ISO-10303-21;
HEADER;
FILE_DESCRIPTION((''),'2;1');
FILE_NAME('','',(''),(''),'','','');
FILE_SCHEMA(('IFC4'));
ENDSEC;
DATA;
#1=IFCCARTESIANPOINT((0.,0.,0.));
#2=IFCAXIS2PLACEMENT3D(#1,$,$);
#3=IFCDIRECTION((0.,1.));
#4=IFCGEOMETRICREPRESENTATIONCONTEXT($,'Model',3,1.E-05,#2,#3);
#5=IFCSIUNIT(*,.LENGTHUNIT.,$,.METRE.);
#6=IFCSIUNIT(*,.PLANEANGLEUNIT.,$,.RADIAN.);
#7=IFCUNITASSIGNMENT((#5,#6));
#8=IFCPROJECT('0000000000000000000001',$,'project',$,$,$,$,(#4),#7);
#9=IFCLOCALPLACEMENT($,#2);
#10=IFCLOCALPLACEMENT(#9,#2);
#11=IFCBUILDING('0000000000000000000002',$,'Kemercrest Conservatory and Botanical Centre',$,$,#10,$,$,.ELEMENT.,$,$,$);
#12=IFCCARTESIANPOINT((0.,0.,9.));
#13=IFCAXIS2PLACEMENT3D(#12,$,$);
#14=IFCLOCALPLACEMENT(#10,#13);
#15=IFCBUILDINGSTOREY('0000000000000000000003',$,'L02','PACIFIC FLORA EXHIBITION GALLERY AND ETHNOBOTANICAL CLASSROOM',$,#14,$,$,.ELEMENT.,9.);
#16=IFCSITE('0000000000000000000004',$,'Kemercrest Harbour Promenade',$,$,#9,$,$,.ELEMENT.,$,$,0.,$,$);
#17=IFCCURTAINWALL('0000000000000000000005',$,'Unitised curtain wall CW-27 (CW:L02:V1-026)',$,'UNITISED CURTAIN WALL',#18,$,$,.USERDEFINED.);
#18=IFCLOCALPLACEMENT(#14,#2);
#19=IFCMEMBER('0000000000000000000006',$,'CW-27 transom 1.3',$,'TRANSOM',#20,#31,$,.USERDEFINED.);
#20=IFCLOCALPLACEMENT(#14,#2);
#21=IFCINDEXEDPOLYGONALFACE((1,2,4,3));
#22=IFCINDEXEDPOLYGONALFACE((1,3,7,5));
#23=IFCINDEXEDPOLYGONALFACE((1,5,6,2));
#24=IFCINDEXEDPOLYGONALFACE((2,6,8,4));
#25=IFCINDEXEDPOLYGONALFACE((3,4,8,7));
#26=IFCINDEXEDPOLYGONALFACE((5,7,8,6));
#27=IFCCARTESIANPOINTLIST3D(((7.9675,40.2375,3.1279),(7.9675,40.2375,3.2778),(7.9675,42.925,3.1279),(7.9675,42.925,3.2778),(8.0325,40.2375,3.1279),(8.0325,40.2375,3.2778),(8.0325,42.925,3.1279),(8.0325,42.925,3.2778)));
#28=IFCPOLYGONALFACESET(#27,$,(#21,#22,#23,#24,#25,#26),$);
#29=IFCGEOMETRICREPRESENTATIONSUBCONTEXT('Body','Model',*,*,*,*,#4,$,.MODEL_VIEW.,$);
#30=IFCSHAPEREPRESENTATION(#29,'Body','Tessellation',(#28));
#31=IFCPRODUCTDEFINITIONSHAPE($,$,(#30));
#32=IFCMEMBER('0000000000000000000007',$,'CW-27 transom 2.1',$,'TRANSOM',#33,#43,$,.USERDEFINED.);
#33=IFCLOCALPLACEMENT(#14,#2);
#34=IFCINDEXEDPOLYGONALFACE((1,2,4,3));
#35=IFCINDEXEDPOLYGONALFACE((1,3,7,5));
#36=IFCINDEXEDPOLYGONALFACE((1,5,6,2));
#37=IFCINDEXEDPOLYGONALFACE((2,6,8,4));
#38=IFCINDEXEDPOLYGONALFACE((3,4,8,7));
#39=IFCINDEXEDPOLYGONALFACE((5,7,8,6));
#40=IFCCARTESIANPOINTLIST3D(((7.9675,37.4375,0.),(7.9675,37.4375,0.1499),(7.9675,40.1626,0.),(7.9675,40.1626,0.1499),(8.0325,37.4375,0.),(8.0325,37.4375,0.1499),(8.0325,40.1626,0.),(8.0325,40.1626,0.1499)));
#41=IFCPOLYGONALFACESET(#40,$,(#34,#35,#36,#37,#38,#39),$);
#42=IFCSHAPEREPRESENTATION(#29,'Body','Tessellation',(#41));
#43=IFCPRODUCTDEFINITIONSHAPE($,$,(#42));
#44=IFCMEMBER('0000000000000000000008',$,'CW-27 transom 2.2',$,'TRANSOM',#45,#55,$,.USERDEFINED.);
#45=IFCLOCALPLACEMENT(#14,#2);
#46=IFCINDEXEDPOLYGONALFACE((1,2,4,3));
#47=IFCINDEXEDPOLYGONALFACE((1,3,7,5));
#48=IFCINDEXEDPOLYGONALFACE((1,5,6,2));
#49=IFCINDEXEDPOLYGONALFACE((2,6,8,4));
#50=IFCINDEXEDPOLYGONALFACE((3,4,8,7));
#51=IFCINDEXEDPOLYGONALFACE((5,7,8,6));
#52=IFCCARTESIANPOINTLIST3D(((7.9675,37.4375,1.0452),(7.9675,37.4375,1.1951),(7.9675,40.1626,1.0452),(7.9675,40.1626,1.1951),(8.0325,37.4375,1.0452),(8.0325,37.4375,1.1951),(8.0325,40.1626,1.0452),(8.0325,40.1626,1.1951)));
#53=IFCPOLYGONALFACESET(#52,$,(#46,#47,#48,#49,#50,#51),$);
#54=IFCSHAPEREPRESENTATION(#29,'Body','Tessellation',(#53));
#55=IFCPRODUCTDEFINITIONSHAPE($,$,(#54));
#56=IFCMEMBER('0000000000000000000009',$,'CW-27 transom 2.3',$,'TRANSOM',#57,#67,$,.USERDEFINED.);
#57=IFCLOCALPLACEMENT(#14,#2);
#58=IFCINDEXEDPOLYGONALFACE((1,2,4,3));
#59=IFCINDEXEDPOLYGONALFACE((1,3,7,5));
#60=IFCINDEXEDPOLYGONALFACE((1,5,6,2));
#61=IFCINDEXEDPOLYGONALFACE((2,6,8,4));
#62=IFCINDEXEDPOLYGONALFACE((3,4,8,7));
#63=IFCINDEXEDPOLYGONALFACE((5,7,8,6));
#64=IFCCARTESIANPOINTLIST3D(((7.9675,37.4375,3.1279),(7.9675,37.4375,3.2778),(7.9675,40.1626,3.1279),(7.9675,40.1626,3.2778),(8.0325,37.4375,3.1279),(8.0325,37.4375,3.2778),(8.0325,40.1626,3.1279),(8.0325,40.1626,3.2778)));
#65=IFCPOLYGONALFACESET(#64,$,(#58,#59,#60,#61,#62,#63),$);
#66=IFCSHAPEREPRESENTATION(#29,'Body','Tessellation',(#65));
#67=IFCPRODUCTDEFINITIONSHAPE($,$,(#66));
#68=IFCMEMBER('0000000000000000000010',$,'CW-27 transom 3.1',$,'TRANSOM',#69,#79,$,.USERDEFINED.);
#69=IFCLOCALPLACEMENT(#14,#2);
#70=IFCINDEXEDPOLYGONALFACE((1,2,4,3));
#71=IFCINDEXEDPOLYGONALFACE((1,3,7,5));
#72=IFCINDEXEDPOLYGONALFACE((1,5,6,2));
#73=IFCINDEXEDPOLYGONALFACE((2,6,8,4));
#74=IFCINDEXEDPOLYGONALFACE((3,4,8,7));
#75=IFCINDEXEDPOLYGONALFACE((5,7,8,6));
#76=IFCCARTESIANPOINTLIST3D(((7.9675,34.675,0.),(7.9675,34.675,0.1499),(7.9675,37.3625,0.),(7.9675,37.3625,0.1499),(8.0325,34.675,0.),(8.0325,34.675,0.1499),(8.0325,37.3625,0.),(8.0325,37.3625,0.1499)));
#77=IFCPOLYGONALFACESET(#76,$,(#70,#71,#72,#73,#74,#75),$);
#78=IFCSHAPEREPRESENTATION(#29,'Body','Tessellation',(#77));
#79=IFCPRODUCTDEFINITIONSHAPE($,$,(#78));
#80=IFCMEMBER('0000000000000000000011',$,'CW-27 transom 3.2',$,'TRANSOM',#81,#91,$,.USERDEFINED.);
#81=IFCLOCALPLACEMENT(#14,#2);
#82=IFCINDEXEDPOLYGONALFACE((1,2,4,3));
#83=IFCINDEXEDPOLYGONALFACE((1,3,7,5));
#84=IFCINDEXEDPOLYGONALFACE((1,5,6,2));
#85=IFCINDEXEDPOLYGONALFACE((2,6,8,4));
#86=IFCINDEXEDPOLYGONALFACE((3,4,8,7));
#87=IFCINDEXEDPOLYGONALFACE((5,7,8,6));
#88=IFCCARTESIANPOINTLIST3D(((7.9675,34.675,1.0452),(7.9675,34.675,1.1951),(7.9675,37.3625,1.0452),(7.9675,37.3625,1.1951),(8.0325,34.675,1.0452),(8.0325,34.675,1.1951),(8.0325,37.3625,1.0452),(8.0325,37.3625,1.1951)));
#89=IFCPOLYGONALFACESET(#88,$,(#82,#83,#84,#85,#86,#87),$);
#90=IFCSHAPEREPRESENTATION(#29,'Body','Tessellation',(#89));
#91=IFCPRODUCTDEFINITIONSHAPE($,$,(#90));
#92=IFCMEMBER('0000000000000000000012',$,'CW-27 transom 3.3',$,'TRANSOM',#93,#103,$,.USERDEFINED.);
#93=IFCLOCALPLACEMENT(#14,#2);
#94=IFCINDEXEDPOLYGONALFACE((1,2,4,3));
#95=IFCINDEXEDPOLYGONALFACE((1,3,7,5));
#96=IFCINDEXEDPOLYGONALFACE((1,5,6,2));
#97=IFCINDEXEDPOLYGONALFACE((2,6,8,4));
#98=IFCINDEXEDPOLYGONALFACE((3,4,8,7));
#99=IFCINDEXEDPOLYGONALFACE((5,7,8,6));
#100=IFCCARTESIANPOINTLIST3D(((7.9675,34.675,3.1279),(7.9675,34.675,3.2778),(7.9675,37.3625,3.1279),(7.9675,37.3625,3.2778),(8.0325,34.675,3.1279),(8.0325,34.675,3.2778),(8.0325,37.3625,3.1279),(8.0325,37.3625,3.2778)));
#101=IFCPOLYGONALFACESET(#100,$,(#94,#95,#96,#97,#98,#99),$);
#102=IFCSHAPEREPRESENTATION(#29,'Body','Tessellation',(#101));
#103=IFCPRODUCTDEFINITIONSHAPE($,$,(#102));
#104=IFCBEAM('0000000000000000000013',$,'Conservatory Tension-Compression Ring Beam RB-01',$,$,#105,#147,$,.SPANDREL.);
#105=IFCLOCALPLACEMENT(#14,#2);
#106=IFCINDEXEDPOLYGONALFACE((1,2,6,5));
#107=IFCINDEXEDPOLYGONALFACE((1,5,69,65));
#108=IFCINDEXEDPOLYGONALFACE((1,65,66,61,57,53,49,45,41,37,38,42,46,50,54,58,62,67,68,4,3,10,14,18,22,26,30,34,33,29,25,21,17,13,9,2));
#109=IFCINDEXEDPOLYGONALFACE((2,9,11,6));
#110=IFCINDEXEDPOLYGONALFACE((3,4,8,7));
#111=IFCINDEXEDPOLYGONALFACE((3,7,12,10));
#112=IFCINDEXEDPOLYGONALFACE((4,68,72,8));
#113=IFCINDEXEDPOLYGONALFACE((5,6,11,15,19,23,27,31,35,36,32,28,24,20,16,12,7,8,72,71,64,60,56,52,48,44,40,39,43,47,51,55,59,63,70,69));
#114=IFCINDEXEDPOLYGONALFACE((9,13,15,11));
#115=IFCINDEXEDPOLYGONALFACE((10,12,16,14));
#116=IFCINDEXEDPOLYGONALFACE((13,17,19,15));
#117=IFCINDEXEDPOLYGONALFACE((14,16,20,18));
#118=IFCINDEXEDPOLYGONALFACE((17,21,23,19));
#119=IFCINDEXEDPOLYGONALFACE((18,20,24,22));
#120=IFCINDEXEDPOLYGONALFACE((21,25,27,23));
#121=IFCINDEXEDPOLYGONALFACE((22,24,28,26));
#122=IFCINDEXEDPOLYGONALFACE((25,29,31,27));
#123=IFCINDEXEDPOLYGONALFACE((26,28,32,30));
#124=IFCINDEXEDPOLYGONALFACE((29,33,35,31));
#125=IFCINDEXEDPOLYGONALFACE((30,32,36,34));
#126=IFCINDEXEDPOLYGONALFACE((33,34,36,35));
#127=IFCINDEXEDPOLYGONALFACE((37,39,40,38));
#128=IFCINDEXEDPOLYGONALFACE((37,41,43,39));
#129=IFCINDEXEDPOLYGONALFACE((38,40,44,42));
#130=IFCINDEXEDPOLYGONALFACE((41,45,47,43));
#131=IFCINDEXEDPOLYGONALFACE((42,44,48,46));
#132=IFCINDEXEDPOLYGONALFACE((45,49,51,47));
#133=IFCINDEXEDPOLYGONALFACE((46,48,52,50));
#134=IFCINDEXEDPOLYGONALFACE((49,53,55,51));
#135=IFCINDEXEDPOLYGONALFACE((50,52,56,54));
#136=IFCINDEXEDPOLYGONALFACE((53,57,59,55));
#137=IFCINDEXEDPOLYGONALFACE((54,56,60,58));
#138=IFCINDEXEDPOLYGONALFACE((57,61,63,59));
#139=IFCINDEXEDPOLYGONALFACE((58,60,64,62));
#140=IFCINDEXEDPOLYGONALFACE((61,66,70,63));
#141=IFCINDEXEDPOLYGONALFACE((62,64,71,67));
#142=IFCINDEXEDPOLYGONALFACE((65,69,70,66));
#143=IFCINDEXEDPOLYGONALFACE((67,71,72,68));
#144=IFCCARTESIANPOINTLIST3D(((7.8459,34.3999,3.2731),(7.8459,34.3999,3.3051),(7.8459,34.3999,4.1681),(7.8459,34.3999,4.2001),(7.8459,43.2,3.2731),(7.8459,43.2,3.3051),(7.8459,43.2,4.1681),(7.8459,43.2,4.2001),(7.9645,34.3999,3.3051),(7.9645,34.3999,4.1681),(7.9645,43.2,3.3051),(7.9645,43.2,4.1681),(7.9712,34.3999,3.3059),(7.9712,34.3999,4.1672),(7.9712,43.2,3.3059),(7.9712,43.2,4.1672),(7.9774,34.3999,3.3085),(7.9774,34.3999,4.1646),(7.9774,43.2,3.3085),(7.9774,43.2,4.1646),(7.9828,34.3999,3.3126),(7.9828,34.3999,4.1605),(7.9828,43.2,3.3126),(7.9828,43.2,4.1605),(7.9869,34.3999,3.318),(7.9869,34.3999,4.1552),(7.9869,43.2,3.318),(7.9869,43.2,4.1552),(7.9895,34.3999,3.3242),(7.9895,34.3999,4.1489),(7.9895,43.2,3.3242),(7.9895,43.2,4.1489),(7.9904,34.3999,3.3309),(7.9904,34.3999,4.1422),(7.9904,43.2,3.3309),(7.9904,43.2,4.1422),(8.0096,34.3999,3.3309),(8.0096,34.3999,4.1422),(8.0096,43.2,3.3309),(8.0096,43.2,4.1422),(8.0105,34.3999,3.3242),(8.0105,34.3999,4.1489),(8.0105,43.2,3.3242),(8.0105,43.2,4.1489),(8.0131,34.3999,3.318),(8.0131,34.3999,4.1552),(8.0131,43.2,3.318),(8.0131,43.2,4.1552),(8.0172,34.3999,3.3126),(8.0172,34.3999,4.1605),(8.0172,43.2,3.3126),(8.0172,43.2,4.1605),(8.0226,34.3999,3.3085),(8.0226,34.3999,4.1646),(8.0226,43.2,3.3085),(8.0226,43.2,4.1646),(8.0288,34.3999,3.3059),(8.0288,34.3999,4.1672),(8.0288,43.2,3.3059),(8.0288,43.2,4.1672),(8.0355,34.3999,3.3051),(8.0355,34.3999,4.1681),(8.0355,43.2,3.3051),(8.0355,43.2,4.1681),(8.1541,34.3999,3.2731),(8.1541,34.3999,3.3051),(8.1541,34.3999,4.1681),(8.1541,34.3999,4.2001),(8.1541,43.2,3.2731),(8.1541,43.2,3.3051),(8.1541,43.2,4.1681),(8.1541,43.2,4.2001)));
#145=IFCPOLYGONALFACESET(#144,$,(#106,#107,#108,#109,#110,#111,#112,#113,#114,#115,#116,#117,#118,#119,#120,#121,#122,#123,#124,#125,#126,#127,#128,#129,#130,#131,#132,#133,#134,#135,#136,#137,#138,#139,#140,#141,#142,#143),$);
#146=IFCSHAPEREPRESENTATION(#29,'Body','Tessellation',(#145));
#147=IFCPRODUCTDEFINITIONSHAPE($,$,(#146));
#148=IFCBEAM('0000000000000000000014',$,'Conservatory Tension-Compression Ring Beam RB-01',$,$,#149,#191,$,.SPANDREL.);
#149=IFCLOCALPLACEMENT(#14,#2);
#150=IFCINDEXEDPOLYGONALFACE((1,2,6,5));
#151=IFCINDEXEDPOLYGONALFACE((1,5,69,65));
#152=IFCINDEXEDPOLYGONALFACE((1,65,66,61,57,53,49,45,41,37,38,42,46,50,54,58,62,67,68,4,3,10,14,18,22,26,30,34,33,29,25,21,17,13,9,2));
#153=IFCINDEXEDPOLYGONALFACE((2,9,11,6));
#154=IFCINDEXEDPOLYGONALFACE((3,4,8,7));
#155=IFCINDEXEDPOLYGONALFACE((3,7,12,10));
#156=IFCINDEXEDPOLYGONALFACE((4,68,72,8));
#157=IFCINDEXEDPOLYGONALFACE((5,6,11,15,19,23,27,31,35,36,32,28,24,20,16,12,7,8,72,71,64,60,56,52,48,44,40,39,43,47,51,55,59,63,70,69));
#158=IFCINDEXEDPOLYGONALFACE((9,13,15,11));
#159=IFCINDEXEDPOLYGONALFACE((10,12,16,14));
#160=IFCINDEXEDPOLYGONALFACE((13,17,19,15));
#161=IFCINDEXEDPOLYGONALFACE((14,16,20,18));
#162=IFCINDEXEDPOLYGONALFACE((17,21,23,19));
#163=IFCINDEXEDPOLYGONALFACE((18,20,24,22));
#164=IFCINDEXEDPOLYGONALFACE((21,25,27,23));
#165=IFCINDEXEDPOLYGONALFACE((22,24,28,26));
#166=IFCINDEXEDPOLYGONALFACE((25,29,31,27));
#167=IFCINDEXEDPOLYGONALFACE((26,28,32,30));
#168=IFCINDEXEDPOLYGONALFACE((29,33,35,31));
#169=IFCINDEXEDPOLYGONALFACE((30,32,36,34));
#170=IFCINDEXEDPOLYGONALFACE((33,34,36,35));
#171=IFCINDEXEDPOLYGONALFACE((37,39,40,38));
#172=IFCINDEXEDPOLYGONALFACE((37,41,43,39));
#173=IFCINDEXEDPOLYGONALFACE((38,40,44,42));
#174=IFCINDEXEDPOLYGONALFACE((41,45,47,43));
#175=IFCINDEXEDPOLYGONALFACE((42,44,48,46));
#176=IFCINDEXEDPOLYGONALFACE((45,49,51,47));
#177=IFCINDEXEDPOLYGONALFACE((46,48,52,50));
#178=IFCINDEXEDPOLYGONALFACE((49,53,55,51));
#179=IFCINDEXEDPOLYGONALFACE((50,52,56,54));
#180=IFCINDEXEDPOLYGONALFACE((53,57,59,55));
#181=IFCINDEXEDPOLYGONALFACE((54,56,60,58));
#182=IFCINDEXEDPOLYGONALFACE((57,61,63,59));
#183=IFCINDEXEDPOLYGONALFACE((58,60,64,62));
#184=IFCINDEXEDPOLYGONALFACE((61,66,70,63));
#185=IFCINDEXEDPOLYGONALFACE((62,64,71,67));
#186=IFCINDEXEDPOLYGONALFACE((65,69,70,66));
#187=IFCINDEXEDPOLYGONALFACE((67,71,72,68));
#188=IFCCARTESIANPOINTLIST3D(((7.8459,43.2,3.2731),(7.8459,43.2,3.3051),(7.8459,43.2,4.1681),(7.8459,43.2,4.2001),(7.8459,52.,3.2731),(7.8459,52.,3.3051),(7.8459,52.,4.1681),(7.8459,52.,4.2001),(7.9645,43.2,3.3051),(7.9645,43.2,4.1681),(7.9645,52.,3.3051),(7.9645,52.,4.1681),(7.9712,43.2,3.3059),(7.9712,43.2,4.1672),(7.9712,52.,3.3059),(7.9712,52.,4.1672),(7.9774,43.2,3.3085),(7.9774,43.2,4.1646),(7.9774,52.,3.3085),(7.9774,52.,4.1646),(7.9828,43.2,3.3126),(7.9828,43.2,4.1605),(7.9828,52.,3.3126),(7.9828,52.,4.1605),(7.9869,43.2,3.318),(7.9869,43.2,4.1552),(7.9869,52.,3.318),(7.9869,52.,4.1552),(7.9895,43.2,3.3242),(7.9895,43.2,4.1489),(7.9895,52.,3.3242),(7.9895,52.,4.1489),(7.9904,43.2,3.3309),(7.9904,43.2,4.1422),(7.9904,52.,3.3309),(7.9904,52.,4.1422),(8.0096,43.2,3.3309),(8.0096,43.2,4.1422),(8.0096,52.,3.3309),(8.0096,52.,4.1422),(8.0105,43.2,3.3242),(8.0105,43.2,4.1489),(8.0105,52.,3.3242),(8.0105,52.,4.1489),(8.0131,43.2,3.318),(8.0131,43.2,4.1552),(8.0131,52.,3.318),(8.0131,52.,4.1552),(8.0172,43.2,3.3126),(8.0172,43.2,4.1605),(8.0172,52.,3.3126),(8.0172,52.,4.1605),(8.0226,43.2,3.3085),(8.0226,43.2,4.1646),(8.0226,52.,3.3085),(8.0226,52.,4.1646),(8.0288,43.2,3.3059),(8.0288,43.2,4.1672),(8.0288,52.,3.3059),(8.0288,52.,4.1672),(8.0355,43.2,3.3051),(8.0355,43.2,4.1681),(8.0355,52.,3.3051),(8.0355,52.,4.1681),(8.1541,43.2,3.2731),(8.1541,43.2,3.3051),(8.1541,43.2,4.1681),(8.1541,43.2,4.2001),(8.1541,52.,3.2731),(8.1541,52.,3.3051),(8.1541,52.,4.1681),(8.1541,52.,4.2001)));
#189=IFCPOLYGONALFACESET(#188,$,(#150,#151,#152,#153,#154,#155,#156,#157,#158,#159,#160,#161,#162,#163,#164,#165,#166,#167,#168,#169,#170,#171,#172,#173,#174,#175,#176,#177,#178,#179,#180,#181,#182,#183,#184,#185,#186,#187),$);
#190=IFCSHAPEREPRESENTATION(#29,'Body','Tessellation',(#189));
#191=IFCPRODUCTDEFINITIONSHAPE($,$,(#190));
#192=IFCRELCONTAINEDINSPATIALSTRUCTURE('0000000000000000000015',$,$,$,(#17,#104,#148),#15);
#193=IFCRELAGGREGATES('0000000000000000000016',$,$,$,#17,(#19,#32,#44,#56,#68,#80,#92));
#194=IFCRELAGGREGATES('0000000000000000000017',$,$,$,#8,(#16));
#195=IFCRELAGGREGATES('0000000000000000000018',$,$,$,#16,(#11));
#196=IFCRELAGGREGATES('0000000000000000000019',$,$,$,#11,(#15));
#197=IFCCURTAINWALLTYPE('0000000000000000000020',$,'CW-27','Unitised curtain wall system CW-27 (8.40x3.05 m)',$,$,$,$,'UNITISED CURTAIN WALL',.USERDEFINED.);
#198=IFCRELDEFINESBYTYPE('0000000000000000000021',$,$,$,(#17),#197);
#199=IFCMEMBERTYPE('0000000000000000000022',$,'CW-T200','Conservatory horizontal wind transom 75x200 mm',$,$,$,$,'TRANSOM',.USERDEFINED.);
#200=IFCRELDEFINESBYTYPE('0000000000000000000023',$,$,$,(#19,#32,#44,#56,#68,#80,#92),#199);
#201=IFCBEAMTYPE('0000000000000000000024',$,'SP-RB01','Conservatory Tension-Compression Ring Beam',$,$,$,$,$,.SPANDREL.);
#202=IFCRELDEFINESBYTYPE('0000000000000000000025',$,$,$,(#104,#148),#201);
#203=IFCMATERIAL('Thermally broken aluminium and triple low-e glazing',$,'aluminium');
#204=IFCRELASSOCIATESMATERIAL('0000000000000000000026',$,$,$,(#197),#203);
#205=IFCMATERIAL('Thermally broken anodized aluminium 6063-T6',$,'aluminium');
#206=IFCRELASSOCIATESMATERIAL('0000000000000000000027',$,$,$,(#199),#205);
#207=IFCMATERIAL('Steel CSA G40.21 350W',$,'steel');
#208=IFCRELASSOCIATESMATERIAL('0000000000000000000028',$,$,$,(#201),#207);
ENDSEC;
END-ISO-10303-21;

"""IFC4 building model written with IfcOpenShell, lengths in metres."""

from ifc_helpers import new_model, si_unit, direction, frame, origin, origin_2d, place, context, subcontext, project, spatial, rectangle, i_section, extrude, material, material_profile, profile_set, type_object, element, aggregate, save


model = new_model("IFC4")

# Units and contexts
model_context = context("Model", 3, precision=1e-05, world=origin(), true_north=direction((0.0, 1.0)))
body_context = subcontext(model_context, "Body", "Model", "MODEL_VIEW")
ifc_project = project(units=[si_unit("LENGTHUNIT", "METRE"), si_unit("PLANEANGLEUNIT", "RADIAN")], contexts=[model_context])

# Site, building, storey
site_placement = place(None, origin())
site = spatial("IfcSite", under=ifc_project, at=site_placement, Name="Kemercrest Harbour Promenade", CompositionType="ELEMENT", RefElevation=0.0)
building_placement = place(site_placement, origin())
building = spatial("IfcBuilding", under=site, at=building_placement, Name="Kemercrest Conservatory and Botanical Centre", CompositionType="ELEMENT")
storey_placement = place(building_placement, frame((0.0, 0.0, 9.0)))
storey = spatial("IfcBuildingStorey", under=building, at=storey_placement, Name="L02", Description="PACIFIC FLORA EXHIBITION GALLERY AND ETHNOBOTANICAL CLASSROOM", CompositionType="ELEMENT", Elevation=9.0)

# Shared definitions
ifc_material_1 = material(Name="Steel CSA G40.21 350W", Category="steel")

# Shared definitions
ifc_material_2 = material(Name="Thermally broken aluminium and triple low-e glazing", Category="aluminium")
ifc_material_3 = material(Name="Thermally broken anodized aluminium 6063-T6", Category="aluminium")

# Curtain wall
curtain_wall_type_1 = type_object("IfcCurtainWallType", Name="CW-27", Description="Unitised curtain wall system CW-27 (8.40x3.05 m)", ElementType="UNITISED CURTAIN WALL", PredefinedType="USERDEFINED", material=ifc_material_2)
curtain_wall_1_placement = place(storey_placement, origin())
curtain_wall_1 = element("IfcCurtainWall", 1, at=curtain_wall_1_placement, inside=storey, type_object=curtain_wall_type_1, Name="Unitised curtain wall CW-27 (CW:L02:V1-026)", ObjectType="UNITISED CURTAIN WALL", PredefinedType="USERDEFINED")

# Members
ifc_material_profile_1 = material_profile(ifc_material_3, rectangle(XDim=0.0649, YDim=0.1499, at=origin_2d()), Name="AL TRANSOM 65x150")
ifc_profile_set_1 = profile_set([ifc_material_profile_1], Name="Thermally broken anodized aluminium 6063-T6")
member_type_1 = type_object("IfcMemberType", Name="CW-T200", Description="Conservatory horizontal wind transom 75x200 mm", ElementType="TRANSOM", PredefinedType="USERDEFINED", material=ifc_profile_set_1)
member_1_placement = place(storey_placement, frame((8.0, 42.925, 3.2029), z_axis=(0.0, -1.0, 0.0), x_axis=(1.0, 0.0, 0.0)))
member_1 = element("IfcMember", 2, at=member_1_placement, type_object=member_type_1, Name="CW-27 transom 1.3", ObjectType="TRANSOM", PredefinedType="USERDEFINED", context=body_context, shape_type="SweptSolid", body=[
    extrude(rectangle(XDim=0.0649, YDim=0.1499, at=origin_2d()), origin(), (0.0, 0.0, 1.0), 2.6875),
])
member_2_placement = place(storey_placement, frame((8.0, 40.1626, 0.075), z_axis=(0.0, -1.0, 0.0), x_axis=(1.0, 0.0, 0.0)))
member_2 = element("IfcMember", 3, at=member_2_placement, type_object=member_type_1, Name="CW-27 transom 2.1", ObjectType="TRANSOM", PredefinedType="USERDEFINED", context=body_context, shape_type="SweptSolid", body=[
    extrude(rectangle(XDim=0.0649, YDim=0.1499, at=origin_2d()), origin(), (0.0, 0.0, 1.0), 2.7251),
])
member_3_placement = place(storey_placement, frame((8.0, 40.1626, 1.1201), z_axis=(0.0, -1.0, 0.0), x_axis=(1.0, 0.0, 0.0)))
member_3 = element("IfcMember", 4, at=member_3_placement, type_object=member_type_1, Name="CW-27 transom 2.2", ObjectType="TRANSOM", PredefinedType="USERDEFINED", context=body_context, shape_type="SweptSolid", body=[
    extrude(rectangle(XDim=0.0649, YDim=0.1499, at=origin_2d()), origin(), (0.0, 0.0, 1.0), 2.7251),
])
member_4_placement = place(storey_placement, frame((8.0, 40.1626, 3.2029), z_axis=(0.0, -1.0, 0.0), x_axis=(1.0, 0.0, 0.0)))
member_4 = element("IfcMember", 5, at=member_4_placement, type_object=member_type_1, Name="CW-27 transom 2.3", ObjectType="TRANSOM", PredefinedType="USERDEFINED", context=body_context, shape_type="SweptSolid", body=[
    extrude(rectangle(XDim=0.0649, YDim=0.1499, at=origin_2d()), origin(), (0.0, 0.0, 1.0), 2.7251),
])
member_5_placement = place(storey_placement, frame((8.0, 37.3625, 0.075), z_axis=(0.0, -1.0, 0.0), x_axis=(1.0, 0.0, 0.0)))
member_5 = element("IfcMember", 6, at=member_5_placement, type_object=member_type_1, Name="CW-27 transom 3.1", ObjectType="TRANSOM", PredefinedType="USERDEFINED", context=body_context, shape_type="SweptSolid", body=[
    extrude(rectangle(XDim=0.0649, YDim=0.1499, at=origin_2d()), origin(), (0.0, 0.0, 1.0), 2.6875),
])
member_6_placement = place(storey_placement, frame((8.0, 37.3625, 1.1201), z_axis=(0.0, -1.0, 0.0), x_axis=(1.0, 0.0, 0.0)))
member_6 = element("IfcMember", 7, at=member_6_placement, type_object=member_type_1, Name="CW-27 transom 3.2", ObjectType="TRANSOM", PredefinedType="USERDEFINED", context=body_context, shape_type="SweptSolid", body=[
    extrude(rectangle(XDim=0.0649, YDim=0.1499, at=origin_2d()), origin(), (0.0, 0.0, 1.0), 2.6875),
])
member_7_placement = place(storey_placement, frame((8.0, 37.3625, 3.2029), z_axis=(0.0, -1.0, 0.0), x_axis=(1.0, 0.0, 0.0)))
member_7 = element("IfcMember", 8, at=member_7_placement, type_object=member_type_1, Name="CW-27 transom 3.3", ObjectType="TRANSOM", PredefinedType="USERDEFINED", context=body_context, shape_type="SweptSolid", body=[
    extrude(rectangle(XDim=0.0649, YDim=0.1499, at=origin_2d()), origin(), (0.0, 0.0, 1.0), 2.6875),
])

# Beams
ifc_material_profile_2 = material_profile(ifc_material_1, i_section(OverallWidth=0.3081, OverallDepth=0.927, WebThickness=0.0193, FlangeThickness=0.032, FilletRadius=0.0259, at=origin_2d()), Name="W920X289")
ifc_profile_set_2 = profile_set([ifc_material_profile_2], Name="Steel CSA G40.21 350W")
beam_type = type_object("IfcBeamType", Name="SP-RB01", Description="Conservatory Tension-Compression Ring Beam", PredefinedType="SPANDREL", material=ifc_profile_set_2)
for number, where, z_axis, x_axis, name in (
    (9, (8.0, 34.3999, 3.7366), (0.0, 1.0, 0.0), (-1.0, 0.0, 0.0), "Conservatory Tension-Compression Ring Beam RB-01"),
    (10, (8.0, 43.2, 3.7366), (0.0, 1.0, 0.0), (-1.0, 0.0, 0.0), "Conservatory Tension-Compression Ring Beam RB-01"),
):
    element("IfcBeam", number, at=place(storey_placement, frame(where, z_axis=z_axis, x_axis=x_axis)), inside=storey, type_object=beam_type, Name=name, PredefinedType="SPANDREL", context=body_context, shape_type="SweptSolid", body=[
        extrude(i_section(OverallWidth=0.3081, OverallDepth=0.927, WebThickness=0.0193, FlangeThickness=0.032, FilletRadius=0.0259, at=origin_2d()), origin(), (0.0, 0.0, 1.0), 8.8),
    ])

aggregate(curtain_wall_1, [member_1, member_2, member_3, member_4, member_5, member_6, member_7])

save(model, "model.ifc")
